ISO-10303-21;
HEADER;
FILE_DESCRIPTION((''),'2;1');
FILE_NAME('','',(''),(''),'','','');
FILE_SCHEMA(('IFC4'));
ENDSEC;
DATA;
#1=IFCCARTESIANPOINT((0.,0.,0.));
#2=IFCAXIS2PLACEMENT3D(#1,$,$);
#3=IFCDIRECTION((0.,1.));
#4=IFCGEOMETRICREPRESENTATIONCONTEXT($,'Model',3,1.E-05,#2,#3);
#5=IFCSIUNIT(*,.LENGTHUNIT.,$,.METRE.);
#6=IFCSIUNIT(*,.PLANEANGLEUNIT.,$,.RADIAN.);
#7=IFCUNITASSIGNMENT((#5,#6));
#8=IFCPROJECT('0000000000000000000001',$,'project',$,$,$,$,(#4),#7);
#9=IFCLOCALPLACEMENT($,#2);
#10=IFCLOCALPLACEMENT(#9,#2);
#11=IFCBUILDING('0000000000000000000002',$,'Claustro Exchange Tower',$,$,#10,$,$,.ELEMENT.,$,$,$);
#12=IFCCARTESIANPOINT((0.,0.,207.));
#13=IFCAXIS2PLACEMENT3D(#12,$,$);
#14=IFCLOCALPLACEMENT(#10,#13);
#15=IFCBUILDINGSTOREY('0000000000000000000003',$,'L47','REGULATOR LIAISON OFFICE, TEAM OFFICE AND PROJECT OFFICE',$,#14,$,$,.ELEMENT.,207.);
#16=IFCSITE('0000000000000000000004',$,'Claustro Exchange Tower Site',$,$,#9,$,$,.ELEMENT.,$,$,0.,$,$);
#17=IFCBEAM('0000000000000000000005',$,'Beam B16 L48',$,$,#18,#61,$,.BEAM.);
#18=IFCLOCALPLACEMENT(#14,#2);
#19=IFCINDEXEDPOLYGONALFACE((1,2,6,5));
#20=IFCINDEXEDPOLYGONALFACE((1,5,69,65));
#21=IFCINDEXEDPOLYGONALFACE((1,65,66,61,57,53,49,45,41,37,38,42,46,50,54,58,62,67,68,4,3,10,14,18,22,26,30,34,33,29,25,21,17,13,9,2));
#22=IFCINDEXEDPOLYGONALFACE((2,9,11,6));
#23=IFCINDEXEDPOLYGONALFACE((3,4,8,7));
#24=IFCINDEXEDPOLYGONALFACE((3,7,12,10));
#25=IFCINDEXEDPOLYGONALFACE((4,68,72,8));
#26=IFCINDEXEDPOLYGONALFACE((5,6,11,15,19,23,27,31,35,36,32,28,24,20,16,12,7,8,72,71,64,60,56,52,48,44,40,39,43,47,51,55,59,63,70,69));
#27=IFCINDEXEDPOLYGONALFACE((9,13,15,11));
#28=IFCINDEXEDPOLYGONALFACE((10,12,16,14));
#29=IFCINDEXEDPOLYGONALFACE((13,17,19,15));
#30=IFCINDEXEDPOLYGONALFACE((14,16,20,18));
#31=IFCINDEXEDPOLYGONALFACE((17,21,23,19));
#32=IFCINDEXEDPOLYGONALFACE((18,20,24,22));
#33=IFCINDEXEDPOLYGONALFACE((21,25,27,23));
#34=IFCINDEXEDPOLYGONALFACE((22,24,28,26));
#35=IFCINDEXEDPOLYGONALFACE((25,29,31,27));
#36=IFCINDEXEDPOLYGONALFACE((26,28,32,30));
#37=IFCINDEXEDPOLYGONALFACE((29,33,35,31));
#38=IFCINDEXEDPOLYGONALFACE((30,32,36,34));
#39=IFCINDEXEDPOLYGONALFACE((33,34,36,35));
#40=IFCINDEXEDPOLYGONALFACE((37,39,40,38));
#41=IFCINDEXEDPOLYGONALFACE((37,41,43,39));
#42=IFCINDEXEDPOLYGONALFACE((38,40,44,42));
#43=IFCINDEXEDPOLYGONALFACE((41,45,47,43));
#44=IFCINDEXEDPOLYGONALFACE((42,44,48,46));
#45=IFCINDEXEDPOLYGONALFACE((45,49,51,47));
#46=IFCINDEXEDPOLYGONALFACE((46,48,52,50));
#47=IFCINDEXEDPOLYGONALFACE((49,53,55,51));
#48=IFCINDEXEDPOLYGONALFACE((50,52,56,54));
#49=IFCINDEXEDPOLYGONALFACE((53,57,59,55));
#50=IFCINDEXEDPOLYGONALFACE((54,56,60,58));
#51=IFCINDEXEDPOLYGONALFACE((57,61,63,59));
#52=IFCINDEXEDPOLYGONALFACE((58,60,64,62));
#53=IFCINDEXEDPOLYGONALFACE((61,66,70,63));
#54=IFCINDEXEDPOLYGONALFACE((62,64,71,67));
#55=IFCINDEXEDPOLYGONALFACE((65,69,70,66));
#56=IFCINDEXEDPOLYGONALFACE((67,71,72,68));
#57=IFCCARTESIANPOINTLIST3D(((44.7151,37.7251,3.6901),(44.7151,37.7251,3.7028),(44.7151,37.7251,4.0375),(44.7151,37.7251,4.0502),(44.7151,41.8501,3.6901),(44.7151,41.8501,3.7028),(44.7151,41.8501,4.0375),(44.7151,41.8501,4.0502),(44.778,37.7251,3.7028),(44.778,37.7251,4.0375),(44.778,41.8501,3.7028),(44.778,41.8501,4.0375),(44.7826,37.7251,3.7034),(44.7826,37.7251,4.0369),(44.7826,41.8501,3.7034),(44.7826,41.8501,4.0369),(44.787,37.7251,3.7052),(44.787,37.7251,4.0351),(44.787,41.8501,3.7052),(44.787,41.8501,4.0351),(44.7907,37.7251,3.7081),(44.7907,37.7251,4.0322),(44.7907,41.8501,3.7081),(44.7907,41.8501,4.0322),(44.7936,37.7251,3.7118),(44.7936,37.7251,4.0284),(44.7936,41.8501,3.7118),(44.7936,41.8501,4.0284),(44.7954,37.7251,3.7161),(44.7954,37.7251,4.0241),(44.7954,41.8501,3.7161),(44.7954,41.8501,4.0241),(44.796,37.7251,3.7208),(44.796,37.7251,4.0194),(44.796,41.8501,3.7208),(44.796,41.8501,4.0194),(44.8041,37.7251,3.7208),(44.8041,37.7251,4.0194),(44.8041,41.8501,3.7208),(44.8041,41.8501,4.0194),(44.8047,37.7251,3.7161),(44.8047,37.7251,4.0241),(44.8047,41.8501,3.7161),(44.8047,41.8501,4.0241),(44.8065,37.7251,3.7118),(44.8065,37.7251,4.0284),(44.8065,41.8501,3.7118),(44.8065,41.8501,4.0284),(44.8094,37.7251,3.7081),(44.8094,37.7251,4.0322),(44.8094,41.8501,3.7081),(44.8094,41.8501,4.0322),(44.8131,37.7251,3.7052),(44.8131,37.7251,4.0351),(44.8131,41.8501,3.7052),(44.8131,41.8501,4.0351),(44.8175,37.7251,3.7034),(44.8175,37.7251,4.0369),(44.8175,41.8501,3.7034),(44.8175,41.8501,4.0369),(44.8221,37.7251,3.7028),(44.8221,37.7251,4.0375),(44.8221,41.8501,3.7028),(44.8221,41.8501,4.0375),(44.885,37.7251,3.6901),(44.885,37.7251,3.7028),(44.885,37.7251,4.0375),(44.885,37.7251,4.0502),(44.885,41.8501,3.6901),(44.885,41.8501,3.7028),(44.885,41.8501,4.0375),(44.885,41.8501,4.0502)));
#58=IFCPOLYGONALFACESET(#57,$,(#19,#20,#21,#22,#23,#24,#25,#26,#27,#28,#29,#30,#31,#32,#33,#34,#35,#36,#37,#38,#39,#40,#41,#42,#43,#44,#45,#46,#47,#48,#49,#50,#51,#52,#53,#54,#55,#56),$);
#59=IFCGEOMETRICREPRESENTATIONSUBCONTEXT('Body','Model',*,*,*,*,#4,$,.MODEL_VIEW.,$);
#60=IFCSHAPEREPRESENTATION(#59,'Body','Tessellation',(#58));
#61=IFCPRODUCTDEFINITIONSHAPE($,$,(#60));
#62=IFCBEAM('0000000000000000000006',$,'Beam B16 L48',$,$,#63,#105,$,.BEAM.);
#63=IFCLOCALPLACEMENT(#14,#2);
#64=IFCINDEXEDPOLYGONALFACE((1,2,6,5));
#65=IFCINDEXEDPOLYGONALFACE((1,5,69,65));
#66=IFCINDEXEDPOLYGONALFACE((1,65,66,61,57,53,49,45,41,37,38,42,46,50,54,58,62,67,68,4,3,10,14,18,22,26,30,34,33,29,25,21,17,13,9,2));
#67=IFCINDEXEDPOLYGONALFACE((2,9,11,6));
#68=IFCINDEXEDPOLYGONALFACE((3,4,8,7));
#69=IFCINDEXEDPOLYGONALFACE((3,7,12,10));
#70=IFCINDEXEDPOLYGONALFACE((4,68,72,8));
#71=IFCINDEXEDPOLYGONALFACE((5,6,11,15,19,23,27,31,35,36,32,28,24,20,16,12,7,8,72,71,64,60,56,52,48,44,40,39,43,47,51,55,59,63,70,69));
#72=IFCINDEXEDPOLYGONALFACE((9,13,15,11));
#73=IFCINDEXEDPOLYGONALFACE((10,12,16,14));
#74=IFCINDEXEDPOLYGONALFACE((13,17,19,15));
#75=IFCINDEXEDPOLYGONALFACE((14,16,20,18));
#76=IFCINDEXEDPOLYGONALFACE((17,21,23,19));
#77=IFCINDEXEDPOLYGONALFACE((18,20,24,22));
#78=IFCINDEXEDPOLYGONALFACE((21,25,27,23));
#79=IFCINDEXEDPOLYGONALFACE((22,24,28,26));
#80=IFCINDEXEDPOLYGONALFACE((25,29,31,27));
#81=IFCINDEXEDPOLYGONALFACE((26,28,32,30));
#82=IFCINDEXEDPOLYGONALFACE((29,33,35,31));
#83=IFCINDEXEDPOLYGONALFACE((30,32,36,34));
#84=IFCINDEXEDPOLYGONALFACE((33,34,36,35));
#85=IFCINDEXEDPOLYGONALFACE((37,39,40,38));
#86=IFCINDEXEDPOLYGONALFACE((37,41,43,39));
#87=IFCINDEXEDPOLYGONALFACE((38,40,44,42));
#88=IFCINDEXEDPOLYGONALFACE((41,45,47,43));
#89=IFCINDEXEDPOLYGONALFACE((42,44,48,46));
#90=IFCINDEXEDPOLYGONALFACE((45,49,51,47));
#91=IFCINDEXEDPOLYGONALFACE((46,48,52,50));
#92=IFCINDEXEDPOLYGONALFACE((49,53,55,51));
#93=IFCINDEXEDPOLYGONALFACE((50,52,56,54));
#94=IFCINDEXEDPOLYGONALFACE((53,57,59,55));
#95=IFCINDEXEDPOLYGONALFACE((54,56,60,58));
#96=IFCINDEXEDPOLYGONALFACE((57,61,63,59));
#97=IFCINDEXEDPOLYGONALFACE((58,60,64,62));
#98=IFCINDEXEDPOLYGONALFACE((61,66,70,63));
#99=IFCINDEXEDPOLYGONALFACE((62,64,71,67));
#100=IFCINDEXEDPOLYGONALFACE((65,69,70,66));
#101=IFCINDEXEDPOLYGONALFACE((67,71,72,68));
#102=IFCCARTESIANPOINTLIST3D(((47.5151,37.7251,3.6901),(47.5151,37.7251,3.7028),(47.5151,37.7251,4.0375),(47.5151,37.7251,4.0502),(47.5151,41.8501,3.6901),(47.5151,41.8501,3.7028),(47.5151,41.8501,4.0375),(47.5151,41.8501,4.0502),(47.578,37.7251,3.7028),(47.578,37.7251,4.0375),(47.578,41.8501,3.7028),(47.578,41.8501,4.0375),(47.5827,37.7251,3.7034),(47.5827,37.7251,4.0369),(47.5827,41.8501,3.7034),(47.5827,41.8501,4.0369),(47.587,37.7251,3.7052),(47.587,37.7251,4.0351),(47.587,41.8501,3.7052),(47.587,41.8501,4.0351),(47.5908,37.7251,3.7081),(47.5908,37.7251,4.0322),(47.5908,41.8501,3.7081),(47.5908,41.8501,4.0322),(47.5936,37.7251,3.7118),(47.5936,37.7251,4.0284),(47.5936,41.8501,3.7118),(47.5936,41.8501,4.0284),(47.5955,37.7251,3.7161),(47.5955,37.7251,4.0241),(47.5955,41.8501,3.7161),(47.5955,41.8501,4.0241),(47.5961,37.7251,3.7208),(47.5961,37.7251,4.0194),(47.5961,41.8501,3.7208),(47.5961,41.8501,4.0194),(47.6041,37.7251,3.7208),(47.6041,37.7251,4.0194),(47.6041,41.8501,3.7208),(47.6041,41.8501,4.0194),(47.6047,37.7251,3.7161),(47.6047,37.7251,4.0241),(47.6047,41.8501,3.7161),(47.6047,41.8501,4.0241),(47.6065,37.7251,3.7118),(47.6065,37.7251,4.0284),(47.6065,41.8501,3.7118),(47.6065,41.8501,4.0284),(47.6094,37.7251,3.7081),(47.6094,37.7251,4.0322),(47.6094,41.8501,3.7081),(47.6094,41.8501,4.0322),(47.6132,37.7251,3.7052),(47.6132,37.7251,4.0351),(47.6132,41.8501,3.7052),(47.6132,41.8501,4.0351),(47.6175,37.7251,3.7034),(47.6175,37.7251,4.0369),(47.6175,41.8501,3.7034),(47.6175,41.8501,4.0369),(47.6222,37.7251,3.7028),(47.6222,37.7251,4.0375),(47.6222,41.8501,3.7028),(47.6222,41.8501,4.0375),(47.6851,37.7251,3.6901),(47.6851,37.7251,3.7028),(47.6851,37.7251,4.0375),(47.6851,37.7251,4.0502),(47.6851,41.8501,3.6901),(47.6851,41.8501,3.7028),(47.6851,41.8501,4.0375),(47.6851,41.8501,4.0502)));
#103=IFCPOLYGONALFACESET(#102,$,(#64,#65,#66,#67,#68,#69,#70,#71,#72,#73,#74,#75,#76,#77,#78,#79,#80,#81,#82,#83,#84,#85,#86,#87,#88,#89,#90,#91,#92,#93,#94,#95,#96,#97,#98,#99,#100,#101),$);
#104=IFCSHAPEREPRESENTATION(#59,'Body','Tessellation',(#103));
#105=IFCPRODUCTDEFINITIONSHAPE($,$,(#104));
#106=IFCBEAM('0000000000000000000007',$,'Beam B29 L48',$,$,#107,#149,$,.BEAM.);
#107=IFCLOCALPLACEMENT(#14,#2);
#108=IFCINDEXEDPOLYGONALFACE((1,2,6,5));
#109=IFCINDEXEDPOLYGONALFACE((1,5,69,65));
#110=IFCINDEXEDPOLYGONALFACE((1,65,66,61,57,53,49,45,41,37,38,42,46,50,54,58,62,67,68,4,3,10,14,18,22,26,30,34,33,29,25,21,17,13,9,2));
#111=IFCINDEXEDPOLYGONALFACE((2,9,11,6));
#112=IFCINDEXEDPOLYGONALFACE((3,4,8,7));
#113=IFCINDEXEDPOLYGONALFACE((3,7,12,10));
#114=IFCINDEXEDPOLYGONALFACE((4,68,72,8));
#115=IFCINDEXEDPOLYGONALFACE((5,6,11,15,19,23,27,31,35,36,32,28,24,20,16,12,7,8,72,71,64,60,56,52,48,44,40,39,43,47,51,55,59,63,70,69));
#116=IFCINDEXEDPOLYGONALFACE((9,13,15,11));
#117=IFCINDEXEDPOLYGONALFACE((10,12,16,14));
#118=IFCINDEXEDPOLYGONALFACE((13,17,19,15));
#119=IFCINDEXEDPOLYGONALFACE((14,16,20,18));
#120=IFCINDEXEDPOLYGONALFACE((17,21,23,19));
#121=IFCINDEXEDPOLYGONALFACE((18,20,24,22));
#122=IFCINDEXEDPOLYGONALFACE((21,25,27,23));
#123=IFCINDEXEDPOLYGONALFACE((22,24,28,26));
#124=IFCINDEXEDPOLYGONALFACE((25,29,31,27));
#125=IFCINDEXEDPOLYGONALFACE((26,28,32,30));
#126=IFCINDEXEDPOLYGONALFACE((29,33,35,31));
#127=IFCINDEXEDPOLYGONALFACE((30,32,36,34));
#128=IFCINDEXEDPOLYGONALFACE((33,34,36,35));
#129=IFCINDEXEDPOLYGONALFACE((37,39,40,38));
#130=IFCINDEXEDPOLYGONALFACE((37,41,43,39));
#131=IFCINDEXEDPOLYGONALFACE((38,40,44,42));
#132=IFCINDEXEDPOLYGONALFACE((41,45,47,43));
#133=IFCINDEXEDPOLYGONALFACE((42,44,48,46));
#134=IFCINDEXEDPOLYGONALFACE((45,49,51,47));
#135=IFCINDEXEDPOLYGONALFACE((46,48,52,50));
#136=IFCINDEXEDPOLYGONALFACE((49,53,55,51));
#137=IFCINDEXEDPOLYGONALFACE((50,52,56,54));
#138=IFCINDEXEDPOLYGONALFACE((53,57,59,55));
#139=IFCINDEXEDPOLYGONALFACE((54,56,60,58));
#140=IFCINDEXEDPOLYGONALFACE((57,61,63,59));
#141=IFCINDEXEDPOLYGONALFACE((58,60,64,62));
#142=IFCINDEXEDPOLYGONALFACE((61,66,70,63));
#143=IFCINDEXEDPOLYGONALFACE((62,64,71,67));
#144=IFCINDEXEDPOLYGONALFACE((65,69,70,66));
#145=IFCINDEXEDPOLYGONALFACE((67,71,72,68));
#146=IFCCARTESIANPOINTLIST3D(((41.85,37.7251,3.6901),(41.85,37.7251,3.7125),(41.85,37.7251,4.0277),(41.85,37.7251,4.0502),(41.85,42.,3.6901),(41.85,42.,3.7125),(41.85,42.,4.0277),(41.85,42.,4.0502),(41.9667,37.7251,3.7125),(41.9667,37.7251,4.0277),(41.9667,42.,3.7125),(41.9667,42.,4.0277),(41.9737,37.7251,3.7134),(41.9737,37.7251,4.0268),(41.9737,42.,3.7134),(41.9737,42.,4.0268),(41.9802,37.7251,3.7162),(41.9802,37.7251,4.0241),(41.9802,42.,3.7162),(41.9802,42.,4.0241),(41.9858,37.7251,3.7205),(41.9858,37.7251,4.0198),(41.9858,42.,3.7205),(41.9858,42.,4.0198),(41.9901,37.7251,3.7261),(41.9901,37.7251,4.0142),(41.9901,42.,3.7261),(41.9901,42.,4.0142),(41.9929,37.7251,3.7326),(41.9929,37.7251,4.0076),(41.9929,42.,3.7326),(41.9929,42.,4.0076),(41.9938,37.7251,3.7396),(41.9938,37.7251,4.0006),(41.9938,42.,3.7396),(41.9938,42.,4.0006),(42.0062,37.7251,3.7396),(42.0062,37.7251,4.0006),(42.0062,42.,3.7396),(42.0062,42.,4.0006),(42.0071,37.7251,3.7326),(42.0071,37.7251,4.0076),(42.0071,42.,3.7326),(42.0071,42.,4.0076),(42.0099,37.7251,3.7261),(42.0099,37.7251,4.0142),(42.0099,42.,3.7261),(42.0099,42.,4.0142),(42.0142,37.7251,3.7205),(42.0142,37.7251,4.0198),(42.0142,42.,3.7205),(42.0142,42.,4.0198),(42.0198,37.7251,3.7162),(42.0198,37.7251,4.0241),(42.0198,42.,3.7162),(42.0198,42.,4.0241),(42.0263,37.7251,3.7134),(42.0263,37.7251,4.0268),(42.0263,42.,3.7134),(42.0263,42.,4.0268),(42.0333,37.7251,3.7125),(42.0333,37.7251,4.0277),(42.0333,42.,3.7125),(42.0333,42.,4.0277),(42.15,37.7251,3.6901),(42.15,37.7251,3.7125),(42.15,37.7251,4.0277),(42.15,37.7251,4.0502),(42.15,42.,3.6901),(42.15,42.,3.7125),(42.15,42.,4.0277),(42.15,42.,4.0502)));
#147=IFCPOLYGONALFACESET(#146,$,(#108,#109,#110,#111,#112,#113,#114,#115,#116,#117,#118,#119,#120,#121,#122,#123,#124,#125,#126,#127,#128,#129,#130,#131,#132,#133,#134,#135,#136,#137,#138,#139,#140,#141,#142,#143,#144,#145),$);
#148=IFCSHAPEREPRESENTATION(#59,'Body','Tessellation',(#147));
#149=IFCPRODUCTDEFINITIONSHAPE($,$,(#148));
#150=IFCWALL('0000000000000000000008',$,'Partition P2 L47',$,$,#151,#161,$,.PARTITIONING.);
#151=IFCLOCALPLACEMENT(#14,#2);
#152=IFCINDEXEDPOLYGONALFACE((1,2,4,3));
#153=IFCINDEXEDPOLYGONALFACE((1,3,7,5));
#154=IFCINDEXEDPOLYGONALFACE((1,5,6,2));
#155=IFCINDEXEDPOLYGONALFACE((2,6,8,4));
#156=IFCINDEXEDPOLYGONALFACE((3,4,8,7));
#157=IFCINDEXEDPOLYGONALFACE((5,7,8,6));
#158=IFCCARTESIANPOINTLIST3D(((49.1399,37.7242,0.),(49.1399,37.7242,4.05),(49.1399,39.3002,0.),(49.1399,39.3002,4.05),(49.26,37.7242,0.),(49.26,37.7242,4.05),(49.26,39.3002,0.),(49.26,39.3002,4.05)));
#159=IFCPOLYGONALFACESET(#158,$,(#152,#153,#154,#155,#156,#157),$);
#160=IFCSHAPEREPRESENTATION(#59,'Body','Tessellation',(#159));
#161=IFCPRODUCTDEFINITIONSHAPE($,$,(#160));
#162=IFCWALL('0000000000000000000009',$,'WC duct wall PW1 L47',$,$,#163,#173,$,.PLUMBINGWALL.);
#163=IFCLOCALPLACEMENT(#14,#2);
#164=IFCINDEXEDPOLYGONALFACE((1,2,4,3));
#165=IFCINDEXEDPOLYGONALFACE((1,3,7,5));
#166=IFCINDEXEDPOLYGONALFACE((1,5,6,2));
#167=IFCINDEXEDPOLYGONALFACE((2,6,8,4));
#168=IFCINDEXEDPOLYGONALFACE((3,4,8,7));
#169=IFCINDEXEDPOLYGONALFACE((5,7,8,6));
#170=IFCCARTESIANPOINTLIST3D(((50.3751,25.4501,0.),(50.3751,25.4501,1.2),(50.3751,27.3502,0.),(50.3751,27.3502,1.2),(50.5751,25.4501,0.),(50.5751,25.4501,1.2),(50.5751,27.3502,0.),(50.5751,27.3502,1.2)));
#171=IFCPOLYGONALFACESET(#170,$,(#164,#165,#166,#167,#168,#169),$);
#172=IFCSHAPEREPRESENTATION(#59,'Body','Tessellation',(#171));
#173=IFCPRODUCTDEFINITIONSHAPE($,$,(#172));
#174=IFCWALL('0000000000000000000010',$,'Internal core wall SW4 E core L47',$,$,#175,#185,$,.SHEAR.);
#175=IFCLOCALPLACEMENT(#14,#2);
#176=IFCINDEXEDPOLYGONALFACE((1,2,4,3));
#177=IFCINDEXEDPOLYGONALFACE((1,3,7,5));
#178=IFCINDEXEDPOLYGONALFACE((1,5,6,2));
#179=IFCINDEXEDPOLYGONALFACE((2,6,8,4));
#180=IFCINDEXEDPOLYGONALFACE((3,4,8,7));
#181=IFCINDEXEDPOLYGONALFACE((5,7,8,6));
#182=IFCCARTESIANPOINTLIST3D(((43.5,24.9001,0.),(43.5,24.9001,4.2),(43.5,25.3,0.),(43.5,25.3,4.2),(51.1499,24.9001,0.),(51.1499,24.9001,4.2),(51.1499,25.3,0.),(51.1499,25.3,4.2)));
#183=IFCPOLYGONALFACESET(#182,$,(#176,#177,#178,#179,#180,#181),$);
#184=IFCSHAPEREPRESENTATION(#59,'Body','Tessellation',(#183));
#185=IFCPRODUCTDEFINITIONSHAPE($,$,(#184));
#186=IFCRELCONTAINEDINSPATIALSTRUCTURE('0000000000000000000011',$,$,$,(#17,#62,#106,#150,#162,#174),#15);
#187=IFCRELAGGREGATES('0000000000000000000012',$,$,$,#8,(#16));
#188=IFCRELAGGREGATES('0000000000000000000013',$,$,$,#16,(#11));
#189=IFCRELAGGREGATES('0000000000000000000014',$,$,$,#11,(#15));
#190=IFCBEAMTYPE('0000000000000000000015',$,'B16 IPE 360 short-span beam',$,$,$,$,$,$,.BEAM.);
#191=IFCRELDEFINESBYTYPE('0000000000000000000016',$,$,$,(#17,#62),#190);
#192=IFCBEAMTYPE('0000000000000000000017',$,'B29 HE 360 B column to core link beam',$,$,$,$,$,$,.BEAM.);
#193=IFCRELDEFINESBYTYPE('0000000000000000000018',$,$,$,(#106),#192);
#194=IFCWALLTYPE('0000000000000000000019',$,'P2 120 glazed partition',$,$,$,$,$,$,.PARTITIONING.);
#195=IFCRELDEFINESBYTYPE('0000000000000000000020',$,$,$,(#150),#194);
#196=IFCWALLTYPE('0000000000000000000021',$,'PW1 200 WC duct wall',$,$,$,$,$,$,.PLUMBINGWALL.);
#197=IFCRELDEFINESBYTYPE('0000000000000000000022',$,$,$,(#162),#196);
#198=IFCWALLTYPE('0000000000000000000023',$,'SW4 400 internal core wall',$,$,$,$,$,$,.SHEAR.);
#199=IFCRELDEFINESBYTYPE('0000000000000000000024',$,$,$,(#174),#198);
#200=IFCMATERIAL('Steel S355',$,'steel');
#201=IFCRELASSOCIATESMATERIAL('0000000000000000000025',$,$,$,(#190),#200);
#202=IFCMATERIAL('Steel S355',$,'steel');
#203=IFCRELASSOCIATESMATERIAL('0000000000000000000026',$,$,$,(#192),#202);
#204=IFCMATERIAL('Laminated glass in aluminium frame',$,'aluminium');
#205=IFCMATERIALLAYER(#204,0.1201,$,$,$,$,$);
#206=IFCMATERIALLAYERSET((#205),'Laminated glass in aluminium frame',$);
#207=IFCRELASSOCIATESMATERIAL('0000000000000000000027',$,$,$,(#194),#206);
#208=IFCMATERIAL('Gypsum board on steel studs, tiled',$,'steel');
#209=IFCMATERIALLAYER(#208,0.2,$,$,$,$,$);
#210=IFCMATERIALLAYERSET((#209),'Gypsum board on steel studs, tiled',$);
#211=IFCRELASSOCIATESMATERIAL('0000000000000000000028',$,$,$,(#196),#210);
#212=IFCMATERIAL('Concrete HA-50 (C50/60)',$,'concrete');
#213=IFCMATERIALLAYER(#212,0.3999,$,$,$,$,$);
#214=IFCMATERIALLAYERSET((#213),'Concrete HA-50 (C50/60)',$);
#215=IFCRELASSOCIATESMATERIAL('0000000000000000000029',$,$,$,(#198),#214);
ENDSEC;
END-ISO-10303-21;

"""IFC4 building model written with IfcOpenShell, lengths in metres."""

from ifc_helpers import new_model, si_unit, direction, frame, frame_2d, origin, origin_2d, place, context, subcontext, project, spatial, rectangle, i_section, extrude, material, layer, layer_set, material_profile, profile_set, type_object, element, save


model = new_model("IFC4")

# Units and contexts
model_context = context("Model", 3, precision=1e-05, world=origin(), true_north=direction((0.0, 1.0)))
body_context = subcontext(model_context, "Body", "Model", "MODEL_VIEW")
ifc_project = project(units=[si_unit("LENGTHUNIT", "METRE"), si_unit("PLANEANGLEUNIT", "RADIAN")], contexts=[model_context])

# Site, building, storey
site_placement = place(None, origin())
site = spatial("IfcSite", under=ifc_project, at=site_placement, Name="Claustro Exchange Tower Site", CompositionType="ELEMENT", RefElevation=0.0)
building_placement = place(site_placement, origin())
building = spatial("IfcBuilding", under=site, at=building_placement, Name="Claustro Exchange Tower", CompositionType="ELEMENT")
storey_placement = place(building_placement, frame((0.0, 0.0, 207.0)))
storey = spatial("IfcBuildingStorey", under=building, at=storey_placement, Name="L47", Description="REGULATOR LIAISON OFFICE, TEAM OFFICE AND PROJECT OFFICE", CompositionType="ELEMENT", Elevation=207.0)

# Beams
ifc_material_1 = material(Name="Steel S355", Category="steel")
ifc_material_profile_1 = material_profile(ifc_material_1, i_section(OverallWidth=0.1699, OverallDepth=0.3601, WebThickness=0.0081, FlangeThickness=0.0127, FilletRadius=0.0181, at=origin_2d()), Name="IPE 360")
ifc_profile_set_1 = profile_set([ifc_material_profile_1], Name="Steel S355")
beam_type_1 = type_object("IfcBeamType", Name="B16 IPE 360 short-span beam", PredefinedType="BEAM", material=ifc_profile_set_1)
for number, where, z_axis, x_axis, name in (
    (1, (44.8, 37.7251, 3.8701), (0.0, 1.0, 0.0), (-1.0, 0.0, 0.0), "Beam B16 L48"),
    (2, (47.6001, 37.7251, 3.8701), (0.0, 1.0, 0.0), (-1.0, 0.0, 0.0), "Beam B16 L48"),
):
    element("IfcBeam", number, at=place(storey_placement, frame(where, z_axis=z_axis, x_axis=x_axis)), inside=storey, type_object=beam_type_1, Name=name, PredefinedType="BEAM", context=body_context, shape_type="SweptSolid", body=[
        extrude(i_section(OverallWidth=0.1699, OverallDepth=0.3601, WebThickness=0.0081, FlangeThickness=0.0127, FilletRadius=0.0181, at=origin_2d()), origin(), (0.0, 0.0, 1.0), 4.125),
    ])
ifc_material_2 = material(Name="Steel S355", Category="steel")
ifc_material_profile_2 = material_profile(ifc_material_2, i_section(OverallWidth=0.3, OverallDepth=0.3601, WebThickness=0.0125, FlangeThickness=0.0225, FilletRadius=0.0271, at=origin_2d()), Name="HE 360 B")
ifc_profile_set_2 = profile_set([ifc_material_profile_2], Name="Steel S355")
beam_type_2 = type_object("IfcBeamType", Name="B29 HE 360 B column to core link beam", PredefinedType="BEAM", material=ifc_profile_set_2)
beam_placement = place(storey_placement, frame((42.0, 37.7251, 3.8701), z_axis=(0.0, 1.0, 0.0), x_axis=(-1.0, 0.0, 0.0)))
element("IfcBeam", 3, at=beam_placement, inside=storey, type_object=beam_type_2, Name="Beam B29 L48", PredefinedType="BEAM", context=body_context, shape_type="SweptSolid", body=[
    extrude(i_section(OverallWidth=0.3, OverallDepth=0.3601, WebThickness=0.0125, FlangeThickness=0.0225, FilletRadius=0.0271, at=origin_2d()), origin(), (0.0, 0.0, 1.0), 4.2749),
])

# Shared definitions
ifc_material_3 = material(Name="Laminated glass in aluminium frame", Category="aluminium")
ifc_layer_1 = layer(ifc_material_3, 0.1201)
ifc_layer_set_1 = layer_set([ifc_layer_1], Name="Laminated glass in aluminium frame")
wall_type_1 = type_object("IfcWallType", Name="P2 120 glazed partition", PredefinedType="PARTITIONING", material=ifc_layer_set_1)

# Walls
wall_1_placement = place(storey_placement, frame((49.2, 37.7241, 0.0), z_axis=(0.0, 0.0, 1.0), x_axis=(0.0, 1.0, 0.0)))
element("IfcWall", 4, at=wall_1_placement, inside=storey, type_object=wall_type_1, Name="Partition P2 L47", PredefinedType="PARTITIONING", context=body_context, shape_type="SweptSolid", body=[
    extrude(rectangle(XDim=1.5759, YDim=0.1201, at=frame_2d((0.7881, 0.0))), origin(), (0.0, 0.0, 1.0), 4.05),
])
ifc_material_4 = material(Name="Gypsum board on steel studs, tiled", Category="steel")
ifc_layer_2 = layer(ifc_material_4, 0.2)
ifc_layer_set_2 = layer_set([ifc_layer_2], Name="Gypsum board on steel studs, tiled")
wall_type_2 = type_object("IfcWallType", Name="PW1 200 WC duct wall", PredefinedType="PLUMBINGWALL", material=ifc_layer_set_2)
wall_2_placement = place(storey_placement, frame((50.4751, 25.45, 0.0), z_axis=(0.0, 0.0, 1.0), x_axis=(0.0, 1.0, 0.0)))
element("IfcWall", 5, at=wall_2_placement, inside=storey, type_object=wall_type_2, Name="WC duct wall PW1 L47", PredefinedType="PLUMBINGWALL", context=body_context, shape_type="SweptSolid", body=[
    extrude(rectangle(XDim=1.9001, YDim=0.2, at=frame_2d((0.9502, 0.0))), origin(), (0.0, 0.0, 1.0), 1.2),
])
ifc_material_5 = material(Name="Concrete HA-50 (C50/60)", Category="concrete")
ifc_layer_3 = layer(ifc_material_5, 0.3999)
ifc_layer_set_3 = layer_set([ifc_layer_3], Name="Concrete HA-50 (C50/60)")
wall_type_3 = type_object("IfcWallType", Name="SW4 400 internal core wall", PredefinedType="SHEAR", material=ifc_layer_set_3)
for number, where, z_axis, x_axis, name in (
    (6, (51.1499, 25.1001, 0.0), (0.0, 0.0, 1.0), (-1.0, 0.0, 0.0), "Internal core wall SW4 E core L47"),
):
    element("IfcWall", number, at=place(storey_placement, frame(where, z_axis=z_axis, x_axis=x_axis)), inside=storey, type_object=wall_type_3, Name=name, PredefinedType="SHEAR", context=body_context, shape_type="SweptSolid", body=[
        extrude(rectangle(XDim=7.6499, YDim=0.3999, at=frame_2d((3.825, 0.0))), origin(), (0.0, 0.0, 1.0), 4.2),
    ])

save(model, "model.ifc")
